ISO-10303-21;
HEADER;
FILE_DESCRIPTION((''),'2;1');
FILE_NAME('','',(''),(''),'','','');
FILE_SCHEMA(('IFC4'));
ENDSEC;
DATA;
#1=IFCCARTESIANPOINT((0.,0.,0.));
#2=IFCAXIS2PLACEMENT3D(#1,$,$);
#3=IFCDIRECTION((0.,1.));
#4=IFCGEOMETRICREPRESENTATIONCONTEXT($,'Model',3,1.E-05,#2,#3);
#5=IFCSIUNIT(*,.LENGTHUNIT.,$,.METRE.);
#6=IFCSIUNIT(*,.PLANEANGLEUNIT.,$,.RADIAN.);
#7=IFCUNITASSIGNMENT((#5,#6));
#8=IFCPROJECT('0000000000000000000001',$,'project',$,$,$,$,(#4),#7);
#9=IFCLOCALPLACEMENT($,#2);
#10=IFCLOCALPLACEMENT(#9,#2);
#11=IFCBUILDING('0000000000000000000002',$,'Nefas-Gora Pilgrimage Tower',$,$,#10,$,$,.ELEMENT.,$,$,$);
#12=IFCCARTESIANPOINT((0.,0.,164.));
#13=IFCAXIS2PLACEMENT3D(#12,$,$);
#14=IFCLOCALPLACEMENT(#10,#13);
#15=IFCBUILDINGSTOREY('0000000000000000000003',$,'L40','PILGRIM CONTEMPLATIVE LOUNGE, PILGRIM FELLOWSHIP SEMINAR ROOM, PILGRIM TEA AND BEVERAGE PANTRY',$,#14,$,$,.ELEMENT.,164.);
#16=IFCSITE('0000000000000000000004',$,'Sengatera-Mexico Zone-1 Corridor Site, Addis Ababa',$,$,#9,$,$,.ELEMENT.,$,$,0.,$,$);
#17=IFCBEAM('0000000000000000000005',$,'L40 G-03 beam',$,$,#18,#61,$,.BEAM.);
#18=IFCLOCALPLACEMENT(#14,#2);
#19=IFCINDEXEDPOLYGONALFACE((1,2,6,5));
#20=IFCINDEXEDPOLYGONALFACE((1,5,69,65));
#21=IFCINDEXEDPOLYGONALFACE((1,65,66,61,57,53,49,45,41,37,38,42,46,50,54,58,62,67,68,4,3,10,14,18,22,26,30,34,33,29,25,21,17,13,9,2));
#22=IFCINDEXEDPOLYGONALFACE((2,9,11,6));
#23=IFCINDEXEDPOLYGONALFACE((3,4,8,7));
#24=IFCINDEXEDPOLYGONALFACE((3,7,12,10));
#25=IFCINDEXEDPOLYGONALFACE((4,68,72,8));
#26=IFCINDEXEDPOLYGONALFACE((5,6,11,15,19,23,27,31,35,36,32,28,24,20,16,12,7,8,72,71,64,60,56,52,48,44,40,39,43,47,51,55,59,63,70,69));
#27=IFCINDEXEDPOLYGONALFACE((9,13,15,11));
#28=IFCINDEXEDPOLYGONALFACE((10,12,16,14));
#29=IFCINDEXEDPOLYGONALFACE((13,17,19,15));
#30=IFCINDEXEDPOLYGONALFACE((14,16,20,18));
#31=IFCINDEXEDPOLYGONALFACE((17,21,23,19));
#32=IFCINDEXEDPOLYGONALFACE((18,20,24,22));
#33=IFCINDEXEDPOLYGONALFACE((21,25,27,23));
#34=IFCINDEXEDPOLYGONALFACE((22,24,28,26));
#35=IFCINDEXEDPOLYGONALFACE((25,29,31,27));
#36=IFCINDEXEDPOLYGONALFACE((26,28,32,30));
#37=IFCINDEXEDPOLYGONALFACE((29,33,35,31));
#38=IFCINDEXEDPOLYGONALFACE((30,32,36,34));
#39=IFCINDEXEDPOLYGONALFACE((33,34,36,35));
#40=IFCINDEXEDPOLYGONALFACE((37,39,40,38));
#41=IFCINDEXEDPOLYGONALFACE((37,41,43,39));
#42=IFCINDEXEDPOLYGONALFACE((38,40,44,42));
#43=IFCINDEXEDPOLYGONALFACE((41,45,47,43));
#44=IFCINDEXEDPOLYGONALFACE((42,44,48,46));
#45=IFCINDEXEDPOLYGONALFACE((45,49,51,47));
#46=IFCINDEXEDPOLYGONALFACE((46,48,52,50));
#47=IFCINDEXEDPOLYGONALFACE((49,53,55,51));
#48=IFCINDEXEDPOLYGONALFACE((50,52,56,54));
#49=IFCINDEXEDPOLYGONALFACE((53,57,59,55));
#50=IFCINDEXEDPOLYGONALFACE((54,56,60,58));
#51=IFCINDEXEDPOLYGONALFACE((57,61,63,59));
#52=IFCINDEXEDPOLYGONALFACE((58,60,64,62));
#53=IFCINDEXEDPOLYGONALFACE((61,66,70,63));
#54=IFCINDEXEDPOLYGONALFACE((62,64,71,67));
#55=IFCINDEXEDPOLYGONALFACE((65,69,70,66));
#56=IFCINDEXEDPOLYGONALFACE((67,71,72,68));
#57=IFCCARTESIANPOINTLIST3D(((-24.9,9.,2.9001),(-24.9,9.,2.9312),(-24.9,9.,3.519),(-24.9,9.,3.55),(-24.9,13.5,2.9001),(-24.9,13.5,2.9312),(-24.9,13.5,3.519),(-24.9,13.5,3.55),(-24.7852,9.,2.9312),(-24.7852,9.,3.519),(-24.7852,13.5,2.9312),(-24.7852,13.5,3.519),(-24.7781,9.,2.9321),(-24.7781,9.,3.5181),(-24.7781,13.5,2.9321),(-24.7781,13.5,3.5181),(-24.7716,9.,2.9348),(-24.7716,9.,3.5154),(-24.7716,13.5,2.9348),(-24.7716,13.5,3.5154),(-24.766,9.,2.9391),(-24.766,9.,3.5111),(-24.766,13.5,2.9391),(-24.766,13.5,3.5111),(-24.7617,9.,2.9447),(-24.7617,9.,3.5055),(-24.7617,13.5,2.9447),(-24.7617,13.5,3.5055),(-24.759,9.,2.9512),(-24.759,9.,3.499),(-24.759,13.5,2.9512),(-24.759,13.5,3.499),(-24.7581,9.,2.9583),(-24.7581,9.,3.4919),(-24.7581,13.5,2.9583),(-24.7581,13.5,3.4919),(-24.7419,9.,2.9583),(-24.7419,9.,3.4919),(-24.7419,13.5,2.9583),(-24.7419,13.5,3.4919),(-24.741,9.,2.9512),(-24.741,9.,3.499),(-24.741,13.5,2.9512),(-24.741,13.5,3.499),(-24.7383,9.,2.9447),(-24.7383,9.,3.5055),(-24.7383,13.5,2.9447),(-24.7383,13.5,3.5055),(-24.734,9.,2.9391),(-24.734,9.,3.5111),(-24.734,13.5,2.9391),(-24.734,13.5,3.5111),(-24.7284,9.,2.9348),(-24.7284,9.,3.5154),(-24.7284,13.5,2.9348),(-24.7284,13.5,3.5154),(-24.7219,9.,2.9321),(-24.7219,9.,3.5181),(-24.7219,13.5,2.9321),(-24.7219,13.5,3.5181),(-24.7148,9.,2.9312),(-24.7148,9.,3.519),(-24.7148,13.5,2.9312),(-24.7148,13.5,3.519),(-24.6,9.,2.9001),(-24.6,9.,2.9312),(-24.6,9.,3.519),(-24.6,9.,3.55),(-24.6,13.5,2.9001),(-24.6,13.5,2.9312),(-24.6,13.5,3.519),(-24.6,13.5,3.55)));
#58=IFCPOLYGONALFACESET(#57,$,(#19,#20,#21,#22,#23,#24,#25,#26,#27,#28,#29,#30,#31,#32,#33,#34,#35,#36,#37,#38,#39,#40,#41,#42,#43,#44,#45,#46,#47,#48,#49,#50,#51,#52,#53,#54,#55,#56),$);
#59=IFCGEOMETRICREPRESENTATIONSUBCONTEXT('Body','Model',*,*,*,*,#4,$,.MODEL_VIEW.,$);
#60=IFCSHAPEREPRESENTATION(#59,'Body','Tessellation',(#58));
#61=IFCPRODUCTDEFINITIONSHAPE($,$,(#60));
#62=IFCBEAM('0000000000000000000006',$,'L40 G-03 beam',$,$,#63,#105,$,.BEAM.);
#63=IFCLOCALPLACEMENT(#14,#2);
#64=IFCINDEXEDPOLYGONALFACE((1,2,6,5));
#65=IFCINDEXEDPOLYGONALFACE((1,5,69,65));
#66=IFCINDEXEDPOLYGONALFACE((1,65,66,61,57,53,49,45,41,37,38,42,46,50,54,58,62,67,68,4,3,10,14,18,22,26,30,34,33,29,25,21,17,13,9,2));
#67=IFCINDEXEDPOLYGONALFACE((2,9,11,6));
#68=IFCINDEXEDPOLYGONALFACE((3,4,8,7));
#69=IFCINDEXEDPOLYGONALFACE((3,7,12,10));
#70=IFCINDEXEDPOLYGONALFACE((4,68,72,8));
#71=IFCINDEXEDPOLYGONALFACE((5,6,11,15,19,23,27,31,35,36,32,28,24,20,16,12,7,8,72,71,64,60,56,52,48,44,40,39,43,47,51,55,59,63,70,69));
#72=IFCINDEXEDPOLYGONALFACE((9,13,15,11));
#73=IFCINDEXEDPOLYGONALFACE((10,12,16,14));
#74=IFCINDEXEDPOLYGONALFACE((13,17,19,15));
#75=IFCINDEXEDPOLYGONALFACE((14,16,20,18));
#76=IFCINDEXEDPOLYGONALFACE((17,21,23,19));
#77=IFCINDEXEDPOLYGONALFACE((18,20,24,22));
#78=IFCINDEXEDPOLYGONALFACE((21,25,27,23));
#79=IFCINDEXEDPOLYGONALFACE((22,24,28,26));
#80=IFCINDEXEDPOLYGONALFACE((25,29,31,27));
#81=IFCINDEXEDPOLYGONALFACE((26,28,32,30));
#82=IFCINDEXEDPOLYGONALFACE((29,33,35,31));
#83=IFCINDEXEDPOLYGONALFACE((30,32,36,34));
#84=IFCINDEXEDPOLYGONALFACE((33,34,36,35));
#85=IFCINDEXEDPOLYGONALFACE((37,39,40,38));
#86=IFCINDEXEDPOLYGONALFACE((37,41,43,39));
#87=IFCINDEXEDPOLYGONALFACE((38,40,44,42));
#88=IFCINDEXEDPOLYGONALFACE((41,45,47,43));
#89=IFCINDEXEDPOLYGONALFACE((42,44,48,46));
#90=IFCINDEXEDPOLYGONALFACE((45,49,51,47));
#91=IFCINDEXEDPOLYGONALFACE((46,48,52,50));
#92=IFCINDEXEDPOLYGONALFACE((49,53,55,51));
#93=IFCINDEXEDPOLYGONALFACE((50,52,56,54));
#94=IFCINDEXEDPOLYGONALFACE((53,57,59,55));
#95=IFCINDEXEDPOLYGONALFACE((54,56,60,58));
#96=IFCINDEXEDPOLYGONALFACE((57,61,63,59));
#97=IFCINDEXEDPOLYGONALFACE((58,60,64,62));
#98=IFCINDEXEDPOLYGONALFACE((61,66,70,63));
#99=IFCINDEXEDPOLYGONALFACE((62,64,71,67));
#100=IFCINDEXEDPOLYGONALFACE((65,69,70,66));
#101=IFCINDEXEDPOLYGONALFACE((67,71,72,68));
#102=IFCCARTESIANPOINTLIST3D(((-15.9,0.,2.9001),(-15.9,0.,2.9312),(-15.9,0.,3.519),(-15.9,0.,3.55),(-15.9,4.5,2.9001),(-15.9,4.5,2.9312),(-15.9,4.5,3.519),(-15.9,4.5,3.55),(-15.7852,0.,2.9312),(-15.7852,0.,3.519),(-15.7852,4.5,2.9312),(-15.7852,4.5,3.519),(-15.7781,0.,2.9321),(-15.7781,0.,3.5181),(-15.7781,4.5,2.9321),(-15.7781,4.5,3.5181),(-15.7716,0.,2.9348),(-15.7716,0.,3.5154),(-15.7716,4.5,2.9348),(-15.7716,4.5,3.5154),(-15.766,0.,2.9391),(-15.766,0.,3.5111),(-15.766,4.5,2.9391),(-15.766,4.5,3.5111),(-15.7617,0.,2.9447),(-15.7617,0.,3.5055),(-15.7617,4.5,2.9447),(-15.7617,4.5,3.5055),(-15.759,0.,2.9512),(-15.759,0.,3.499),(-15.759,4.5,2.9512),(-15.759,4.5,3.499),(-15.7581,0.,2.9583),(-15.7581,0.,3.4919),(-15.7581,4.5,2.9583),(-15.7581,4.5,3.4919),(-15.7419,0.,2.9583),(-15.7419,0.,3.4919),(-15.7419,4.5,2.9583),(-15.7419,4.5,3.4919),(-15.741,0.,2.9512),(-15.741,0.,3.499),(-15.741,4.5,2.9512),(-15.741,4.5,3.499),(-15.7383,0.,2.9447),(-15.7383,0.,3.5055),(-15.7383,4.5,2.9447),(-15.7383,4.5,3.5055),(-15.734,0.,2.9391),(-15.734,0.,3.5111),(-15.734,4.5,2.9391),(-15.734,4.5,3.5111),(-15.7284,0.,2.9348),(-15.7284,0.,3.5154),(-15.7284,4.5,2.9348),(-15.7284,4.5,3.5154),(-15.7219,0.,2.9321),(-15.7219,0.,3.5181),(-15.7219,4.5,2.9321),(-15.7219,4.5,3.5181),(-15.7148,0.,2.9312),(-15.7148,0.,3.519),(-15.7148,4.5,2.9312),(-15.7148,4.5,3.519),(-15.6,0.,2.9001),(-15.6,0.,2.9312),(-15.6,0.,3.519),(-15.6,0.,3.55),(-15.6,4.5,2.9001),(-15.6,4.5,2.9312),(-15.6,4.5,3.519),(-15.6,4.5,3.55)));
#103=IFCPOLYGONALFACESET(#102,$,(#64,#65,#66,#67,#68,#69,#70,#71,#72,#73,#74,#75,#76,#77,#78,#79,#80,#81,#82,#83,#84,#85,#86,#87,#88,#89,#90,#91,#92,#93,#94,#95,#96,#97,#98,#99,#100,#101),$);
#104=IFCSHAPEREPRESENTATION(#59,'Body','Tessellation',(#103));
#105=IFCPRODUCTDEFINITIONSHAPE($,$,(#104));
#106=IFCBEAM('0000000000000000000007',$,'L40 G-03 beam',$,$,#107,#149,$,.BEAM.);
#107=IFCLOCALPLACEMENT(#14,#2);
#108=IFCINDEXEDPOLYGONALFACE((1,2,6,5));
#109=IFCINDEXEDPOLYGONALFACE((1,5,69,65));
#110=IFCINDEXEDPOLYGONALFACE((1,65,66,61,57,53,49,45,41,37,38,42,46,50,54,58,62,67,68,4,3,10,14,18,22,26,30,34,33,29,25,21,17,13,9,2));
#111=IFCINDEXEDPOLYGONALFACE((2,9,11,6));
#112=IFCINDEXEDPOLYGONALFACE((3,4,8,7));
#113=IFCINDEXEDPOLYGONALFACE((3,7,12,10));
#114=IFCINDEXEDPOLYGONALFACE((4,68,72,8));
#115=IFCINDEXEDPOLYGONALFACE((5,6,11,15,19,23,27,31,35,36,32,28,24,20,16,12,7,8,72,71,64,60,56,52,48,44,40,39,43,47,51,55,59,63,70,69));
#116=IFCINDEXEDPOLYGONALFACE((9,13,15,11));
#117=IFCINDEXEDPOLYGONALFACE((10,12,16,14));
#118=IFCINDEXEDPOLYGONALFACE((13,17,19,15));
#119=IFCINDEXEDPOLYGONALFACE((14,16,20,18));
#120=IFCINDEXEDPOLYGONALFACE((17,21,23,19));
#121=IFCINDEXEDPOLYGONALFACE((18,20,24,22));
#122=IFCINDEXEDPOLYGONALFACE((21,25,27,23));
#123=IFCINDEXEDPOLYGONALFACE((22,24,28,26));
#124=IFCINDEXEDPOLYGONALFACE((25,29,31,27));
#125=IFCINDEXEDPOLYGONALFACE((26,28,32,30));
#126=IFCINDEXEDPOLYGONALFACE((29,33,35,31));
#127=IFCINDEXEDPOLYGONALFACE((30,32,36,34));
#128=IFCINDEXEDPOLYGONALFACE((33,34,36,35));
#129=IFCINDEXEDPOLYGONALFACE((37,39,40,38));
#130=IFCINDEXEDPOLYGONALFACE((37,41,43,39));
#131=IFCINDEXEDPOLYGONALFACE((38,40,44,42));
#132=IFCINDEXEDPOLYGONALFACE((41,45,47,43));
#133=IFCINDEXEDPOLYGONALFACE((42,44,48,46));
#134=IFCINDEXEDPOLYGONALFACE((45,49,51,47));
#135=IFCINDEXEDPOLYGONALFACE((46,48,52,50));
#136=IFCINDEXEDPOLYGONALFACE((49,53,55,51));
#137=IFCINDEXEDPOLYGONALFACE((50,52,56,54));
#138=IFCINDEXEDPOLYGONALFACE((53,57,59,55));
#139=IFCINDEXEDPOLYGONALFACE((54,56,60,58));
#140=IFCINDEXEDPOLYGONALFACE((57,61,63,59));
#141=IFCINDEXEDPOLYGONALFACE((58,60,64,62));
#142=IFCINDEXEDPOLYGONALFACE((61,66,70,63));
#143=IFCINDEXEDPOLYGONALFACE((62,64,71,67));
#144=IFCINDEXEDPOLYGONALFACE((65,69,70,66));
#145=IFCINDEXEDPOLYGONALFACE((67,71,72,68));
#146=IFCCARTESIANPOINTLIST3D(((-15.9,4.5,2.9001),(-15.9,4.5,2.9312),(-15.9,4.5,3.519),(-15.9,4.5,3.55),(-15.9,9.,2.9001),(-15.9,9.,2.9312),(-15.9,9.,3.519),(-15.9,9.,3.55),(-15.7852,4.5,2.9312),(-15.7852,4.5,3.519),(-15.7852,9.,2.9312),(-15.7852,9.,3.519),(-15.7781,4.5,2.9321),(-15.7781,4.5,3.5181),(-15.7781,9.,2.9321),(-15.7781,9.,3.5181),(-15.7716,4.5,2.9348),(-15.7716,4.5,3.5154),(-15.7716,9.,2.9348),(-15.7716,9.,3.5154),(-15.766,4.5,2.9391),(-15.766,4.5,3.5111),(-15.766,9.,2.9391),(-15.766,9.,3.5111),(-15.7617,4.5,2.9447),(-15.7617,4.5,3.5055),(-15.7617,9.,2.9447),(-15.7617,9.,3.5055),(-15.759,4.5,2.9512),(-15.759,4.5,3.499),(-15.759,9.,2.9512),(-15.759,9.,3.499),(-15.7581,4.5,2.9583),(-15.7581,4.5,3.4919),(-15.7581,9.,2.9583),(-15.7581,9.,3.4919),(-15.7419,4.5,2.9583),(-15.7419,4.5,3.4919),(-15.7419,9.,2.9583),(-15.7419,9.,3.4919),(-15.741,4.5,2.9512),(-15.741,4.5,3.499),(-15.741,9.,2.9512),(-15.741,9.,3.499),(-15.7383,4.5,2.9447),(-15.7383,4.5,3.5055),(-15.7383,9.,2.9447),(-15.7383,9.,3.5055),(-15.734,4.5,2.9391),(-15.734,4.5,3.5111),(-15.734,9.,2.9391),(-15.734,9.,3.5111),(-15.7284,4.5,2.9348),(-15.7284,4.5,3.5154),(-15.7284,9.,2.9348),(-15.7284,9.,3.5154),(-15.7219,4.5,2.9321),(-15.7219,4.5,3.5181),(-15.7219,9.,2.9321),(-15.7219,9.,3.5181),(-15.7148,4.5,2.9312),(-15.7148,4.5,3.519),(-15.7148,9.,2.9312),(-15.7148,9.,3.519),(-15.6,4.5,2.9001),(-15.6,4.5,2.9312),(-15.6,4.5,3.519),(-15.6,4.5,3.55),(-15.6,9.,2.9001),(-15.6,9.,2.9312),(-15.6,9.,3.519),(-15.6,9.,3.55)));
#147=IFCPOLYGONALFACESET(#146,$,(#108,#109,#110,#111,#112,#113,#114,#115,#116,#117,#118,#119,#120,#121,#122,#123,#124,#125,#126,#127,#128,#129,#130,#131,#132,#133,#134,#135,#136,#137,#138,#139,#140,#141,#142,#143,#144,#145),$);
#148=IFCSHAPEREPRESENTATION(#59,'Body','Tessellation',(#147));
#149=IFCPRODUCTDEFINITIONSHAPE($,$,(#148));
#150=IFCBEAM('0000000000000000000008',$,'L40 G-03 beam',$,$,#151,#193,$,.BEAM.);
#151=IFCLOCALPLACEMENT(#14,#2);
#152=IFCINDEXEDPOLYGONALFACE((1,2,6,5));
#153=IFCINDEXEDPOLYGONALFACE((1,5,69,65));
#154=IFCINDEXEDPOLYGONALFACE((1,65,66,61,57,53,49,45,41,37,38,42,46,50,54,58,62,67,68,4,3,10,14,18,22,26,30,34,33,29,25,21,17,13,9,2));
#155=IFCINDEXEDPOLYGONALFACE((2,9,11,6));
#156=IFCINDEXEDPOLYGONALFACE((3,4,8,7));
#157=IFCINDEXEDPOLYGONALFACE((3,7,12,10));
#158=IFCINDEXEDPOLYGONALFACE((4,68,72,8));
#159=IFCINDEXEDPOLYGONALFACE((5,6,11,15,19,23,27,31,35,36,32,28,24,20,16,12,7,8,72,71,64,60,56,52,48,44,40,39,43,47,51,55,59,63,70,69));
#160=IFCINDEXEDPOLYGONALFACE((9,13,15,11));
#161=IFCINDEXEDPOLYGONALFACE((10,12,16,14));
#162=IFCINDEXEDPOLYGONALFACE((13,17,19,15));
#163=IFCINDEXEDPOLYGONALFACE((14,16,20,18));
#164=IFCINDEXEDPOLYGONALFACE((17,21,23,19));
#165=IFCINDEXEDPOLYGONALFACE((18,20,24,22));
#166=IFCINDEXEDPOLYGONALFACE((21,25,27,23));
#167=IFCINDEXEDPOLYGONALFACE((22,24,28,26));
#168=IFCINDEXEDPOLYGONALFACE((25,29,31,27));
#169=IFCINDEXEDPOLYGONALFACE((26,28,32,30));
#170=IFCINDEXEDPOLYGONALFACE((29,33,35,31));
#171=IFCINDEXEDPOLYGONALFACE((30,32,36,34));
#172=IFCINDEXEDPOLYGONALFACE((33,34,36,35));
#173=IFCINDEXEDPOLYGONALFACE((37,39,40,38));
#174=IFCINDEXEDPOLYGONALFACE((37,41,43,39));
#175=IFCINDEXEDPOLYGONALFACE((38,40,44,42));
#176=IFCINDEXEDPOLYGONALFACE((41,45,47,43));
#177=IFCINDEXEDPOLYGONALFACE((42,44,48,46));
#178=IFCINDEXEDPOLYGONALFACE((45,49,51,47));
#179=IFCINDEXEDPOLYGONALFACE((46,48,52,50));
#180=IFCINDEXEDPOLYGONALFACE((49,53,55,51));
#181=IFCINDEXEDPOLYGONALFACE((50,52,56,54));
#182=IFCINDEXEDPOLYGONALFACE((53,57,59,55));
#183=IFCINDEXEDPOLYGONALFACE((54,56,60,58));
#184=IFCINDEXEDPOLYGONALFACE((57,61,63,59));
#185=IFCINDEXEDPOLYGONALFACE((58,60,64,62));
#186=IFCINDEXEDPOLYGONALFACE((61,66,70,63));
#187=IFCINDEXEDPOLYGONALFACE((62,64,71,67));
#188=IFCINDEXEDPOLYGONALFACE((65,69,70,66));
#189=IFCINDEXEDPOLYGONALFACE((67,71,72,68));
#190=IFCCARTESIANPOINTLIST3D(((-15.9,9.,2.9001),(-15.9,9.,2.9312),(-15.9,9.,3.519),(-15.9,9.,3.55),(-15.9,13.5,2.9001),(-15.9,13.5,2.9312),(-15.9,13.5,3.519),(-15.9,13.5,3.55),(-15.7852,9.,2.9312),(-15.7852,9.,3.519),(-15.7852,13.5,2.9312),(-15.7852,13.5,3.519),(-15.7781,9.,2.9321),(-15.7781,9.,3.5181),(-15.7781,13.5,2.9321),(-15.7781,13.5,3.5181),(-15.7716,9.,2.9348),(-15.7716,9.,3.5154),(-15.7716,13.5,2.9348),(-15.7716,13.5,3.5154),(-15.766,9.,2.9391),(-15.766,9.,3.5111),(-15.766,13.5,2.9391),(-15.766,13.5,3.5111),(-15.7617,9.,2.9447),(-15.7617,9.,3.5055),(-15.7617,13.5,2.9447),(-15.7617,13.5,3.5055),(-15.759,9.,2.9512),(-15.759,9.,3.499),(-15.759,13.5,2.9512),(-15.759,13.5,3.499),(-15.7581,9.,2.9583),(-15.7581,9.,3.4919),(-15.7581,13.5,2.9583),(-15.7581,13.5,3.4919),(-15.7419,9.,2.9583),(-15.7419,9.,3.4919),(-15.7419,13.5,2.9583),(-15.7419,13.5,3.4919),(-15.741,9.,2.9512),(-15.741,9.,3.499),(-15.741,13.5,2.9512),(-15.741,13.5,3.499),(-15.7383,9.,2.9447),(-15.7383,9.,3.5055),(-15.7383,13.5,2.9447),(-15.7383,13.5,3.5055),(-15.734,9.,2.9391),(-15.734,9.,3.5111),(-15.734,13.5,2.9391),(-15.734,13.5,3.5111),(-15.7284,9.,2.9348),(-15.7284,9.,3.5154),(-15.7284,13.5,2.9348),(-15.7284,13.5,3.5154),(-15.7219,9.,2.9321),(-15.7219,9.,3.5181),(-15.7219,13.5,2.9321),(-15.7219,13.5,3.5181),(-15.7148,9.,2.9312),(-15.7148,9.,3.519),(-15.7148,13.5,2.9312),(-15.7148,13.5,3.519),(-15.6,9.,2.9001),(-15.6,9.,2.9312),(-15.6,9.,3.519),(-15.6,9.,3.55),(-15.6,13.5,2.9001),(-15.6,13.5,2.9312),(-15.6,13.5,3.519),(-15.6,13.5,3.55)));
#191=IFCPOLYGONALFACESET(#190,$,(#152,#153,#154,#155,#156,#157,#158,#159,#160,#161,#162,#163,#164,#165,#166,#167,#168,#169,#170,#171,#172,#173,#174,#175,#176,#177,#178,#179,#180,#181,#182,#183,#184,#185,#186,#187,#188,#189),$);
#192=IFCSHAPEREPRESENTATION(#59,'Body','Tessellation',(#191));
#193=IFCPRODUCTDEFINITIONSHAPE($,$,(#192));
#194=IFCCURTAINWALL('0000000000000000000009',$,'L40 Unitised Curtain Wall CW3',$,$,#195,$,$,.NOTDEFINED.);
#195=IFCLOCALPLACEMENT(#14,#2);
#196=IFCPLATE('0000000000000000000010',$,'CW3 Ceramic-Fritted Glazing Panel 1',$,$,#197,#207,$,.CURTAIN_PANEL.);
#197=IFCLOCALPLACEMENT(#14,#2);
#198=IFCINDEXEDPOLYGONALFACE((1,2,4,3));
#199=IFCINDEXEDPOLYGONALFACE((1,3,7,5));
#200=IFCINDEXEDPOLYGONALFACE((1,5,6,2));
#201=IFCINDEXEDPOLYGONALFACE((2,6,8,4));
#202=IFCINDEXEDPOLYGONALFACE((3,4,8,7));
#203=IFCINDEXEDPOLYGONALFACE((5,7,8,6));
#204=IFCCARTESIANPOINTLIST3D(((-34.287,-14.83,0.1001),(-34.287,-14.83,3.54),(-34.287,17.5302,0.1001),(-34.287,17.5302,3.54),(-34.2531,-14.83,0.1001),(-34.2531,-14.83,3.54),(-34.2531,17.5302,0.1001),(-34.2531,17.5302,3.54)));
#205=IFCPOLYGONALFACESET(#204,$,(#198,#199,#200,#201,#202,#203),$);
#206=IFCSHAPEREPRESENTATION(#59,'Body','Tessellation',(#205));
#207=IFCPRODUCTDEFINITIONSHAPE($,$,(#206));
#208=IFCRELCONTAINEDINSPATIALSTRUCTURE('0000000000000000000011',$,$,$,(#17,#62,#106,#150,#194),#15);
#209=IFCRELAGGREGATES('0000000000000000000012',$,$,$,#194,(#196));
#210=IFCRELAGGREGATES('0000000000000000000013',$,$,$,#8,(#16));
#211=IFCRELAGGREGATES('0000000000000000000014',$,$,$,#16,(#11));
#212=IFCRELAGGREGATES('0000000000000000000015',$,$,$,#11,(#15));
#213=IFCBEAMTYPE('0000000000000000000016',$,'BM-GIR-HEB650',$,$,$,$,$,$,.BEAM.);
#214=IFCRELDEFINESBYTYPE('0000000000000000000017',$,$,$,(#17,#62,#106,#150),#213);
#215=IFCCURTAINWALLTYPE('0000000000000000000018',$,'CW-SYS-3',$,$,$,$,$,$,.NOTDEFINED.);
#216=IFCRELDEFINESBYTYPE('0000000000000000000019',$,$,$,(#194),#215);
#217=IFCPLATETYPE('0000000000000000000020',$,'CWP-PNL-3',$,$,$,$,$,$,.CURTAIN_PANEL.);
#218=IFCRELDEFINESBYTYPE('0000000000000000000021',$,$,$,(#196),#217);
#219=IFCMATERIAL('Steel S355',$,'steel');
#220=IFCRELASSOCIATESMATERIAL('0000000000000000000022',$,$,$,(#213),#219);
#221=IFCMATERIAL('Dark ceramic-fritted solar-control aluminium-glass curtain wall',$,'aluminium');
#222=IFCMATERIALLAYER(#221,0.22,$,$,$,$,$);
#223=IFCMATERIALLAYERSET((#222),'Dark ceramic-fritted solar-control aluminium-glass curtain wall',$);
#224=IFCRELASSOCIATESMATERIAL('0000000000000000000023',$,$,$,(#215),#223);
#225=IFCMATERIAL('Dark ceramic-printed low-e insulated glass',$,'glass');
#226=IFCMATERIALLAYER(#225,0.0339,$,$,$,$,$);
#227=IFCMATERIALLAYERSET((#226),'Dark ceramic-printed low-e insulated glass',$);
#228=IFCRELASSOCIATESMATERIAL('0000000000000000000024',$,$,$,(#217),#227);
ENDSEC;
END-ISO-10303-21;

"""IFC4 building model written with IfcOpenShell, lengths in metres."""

from ifc_helpers import new_model, si_unit, direction, frame, origin, origin_2d, place, context, subcontext, project, spatial, rectangle, i_section, extrude, source, transform, mapped, material, layer, layer_set, material_profile, profile_set, type_object, element, aggregate, save


model = new_model("IFC4")

# Units and contexts
model_context = context("Model", 3, precision=1e-05, world=origin(), true_north=direction((0.0, 1.0)))
body_context = subcontext(model_context, "Body", "Model", "MODEL_VIEW")
ifc_project = project(units=[si_unit("LENGTHUNIT", "METRE"), si_unit("PLANEANGLEUNIT", "RADIAN")], contexts=[model_context])

# Site, building, storey
site_placement = place(None, origin())
site = spatial("IfcSite", under=ifc_project, at=site_placement, Name="Sengatera-Mexico Zone-1 Corridor Site, Addis Ababa", CompositionType="ELEMENT", RefElevation=0.0)
building_placement = place(site_placement, origin())
building = spatial("IfcBuilding", under=site, at=building_placement, Name="Nefas-Gora Pilgrimage Tower", CompositionType="ELEMENT")
storey_placement = place(building_placement, frame((0.0, 0.0, 164.0)))
storey = spatial("IfcBuildingStorey", under=building, at=storey_placement, Name="L40", Description="PILGRIM CONTEMPLATIVE LOUNGE, PILGRIM FELLOWSHIP SEMINAR ROOM, PILGRIM TEA AND BEVERAGE PANTRY", CompositionType="ELEMENT", Elevation=164.0)

# Beams
ifc_material_1 = material(Name="Steel S355", Category="steel")
ifc_material_profile_1 = material_profile(ifc_material_1, i_section(OverallWidth=0.3, OverallDepth=0.6499, WebThickness=0.0161, FlangeThickness=0.031, FilletRadius=0.0271, at=origin_2d()), Name="HEB 650")
ifc_profile_set_1 = profile_set([ifc_material_profile_1], Name="Steel S355")
beam_type_1 = type_object("IfcBeamType", Name="BM-GIR-HEB650", PredefinedType="BEAM", material=ifc_profile_set_1)
shared_shape_1 = source(origin(), body_context, "Body", "SweptSolid", [
    extrude(i_section(OverallWidth=0.3, OverallDepth=0.6499, WebThickness=0.0161, FlangeThickness=0.031, FilletRadius=0.0271, at=origin_2d()), origin(), (0.0, 0.0, 1.0), 4.5),
])
for number, where, z_axis, x_axis, name in (
    (1, (-24.75, 9.0, 3.2251), (0.0, 1.0, 0.0), (-1.0, 0.0, 0.0), "L40 G-03 beam"),
    (2, (-15.75, 0.0, 3.2251), (0.0, 1.0, 0.0), (-1.0, 0.0, 0.0), "L40 G-03 beam"),
    (3, (-15.75, 4.5, 3.2251), (0.0, 1.0, 0.0), (-1.0, 0.0, 0.0), "L40 G-03 beam"),
    (4, (-15.75, 9.0, 3.2251), (0.0, 1.0, 0.0), (-1.0, 0.0, 0.0), "L40 G-03 beam"),
):
    element("IfcBeam", number, at=place(storey_placement, frame(where, z_axis=z_axis, x_axis=x_axis)), inside=storey, type_object=beam_type_1, Name=name, PredefinedType="BEAM", context=body_context, shape_type="MappedRepresentation", body=[
        mapped(shared_shape_1, transform((0.0, 0.0, 0.0), x_axis=(1.0, 0.0, 0.0), y_axis=(0.0, 1.0, 0.0), z_axis=(0.0, 0.0, 1.0), scale=1.0)),
    ])

# Curtain wall, plate
ifc_material_2 = material(Name="Dark ceramic-fritted solar-control aluminium-glass curtain wall", Category="aluminium")
ifc_layer_1 = layer(ifc_material_2, 0.22)
ifc_layer_set_1 = layer_set([ifc_layer_1], Name="Dark ceramic-fritted solar-control aluminium-glass curtain wall")
curtain_wall_type = type_object("IfcCurtainWallType", Name="CW-SYS-3", PredefinedType="NOTDEFINED", material=ifc_layer_set_1)
curtain_wall_placement = place(storey_placement, origin())
curtain_wall = element("IfcCurtainWall", 5, at=curtain_wall_placement, inside=storey, type_object=curtain_wall_type, Name="L40 Unitised Curtain Wall CW3", PredefinedType="NOTDEFINED")
ifc_material_3 = material(Name="Dark ceramic-printed low-e insulated glass", Category="glass")
ifc_layer_2 = layer(ifc_material_3, 0.0339)
ifc_layer_set_2 = layer_set([ifc_layer_2], Name="Dark ceramic-printed low-e insulated glass")
plate_type = type_object("IfcPlateType", Name="CWP-PNL-3", PredefinedType="CURTAIN_PANEL", material=ifc_layer_set_2)
shared_shape_2 = source(origin(), body_context, "Body", "SweptSolid", [
    extrude(rectangle(XDim=32.3601, YDim=0.0339, at=origin_2d()), origin(), (0.0, 0.0, 1.0), 3.4399),
])
plate_placement = place(storey_placement, frame((-34.27, 1.3501, 0.1001), z_axis=(0.0, 0.0, 1.0), x_axis=(0.0, -1.0, 0.0)))
plate = element("IfcPlate", 6, at=plate_placement, type_object=plate_type, Name="CW3 Ceramic-Fritted Glazing Panel 1", PredefinedType="CURTAIN_PANEL", context=body_context, shape_type="MappedRepresentation", body=[
    mapped(shared_shape_2, transform((0.0, 0.0, 0.0), x_axis=(1.0, 0.0, 0.0), y_axis=(0.0, 1.0, 0.0), z_axis=(0.0, 0.0, 1.0), scale=1.0)),
])
aggregate(curtain_wall, [plate])

save(model, "model.ifc")
